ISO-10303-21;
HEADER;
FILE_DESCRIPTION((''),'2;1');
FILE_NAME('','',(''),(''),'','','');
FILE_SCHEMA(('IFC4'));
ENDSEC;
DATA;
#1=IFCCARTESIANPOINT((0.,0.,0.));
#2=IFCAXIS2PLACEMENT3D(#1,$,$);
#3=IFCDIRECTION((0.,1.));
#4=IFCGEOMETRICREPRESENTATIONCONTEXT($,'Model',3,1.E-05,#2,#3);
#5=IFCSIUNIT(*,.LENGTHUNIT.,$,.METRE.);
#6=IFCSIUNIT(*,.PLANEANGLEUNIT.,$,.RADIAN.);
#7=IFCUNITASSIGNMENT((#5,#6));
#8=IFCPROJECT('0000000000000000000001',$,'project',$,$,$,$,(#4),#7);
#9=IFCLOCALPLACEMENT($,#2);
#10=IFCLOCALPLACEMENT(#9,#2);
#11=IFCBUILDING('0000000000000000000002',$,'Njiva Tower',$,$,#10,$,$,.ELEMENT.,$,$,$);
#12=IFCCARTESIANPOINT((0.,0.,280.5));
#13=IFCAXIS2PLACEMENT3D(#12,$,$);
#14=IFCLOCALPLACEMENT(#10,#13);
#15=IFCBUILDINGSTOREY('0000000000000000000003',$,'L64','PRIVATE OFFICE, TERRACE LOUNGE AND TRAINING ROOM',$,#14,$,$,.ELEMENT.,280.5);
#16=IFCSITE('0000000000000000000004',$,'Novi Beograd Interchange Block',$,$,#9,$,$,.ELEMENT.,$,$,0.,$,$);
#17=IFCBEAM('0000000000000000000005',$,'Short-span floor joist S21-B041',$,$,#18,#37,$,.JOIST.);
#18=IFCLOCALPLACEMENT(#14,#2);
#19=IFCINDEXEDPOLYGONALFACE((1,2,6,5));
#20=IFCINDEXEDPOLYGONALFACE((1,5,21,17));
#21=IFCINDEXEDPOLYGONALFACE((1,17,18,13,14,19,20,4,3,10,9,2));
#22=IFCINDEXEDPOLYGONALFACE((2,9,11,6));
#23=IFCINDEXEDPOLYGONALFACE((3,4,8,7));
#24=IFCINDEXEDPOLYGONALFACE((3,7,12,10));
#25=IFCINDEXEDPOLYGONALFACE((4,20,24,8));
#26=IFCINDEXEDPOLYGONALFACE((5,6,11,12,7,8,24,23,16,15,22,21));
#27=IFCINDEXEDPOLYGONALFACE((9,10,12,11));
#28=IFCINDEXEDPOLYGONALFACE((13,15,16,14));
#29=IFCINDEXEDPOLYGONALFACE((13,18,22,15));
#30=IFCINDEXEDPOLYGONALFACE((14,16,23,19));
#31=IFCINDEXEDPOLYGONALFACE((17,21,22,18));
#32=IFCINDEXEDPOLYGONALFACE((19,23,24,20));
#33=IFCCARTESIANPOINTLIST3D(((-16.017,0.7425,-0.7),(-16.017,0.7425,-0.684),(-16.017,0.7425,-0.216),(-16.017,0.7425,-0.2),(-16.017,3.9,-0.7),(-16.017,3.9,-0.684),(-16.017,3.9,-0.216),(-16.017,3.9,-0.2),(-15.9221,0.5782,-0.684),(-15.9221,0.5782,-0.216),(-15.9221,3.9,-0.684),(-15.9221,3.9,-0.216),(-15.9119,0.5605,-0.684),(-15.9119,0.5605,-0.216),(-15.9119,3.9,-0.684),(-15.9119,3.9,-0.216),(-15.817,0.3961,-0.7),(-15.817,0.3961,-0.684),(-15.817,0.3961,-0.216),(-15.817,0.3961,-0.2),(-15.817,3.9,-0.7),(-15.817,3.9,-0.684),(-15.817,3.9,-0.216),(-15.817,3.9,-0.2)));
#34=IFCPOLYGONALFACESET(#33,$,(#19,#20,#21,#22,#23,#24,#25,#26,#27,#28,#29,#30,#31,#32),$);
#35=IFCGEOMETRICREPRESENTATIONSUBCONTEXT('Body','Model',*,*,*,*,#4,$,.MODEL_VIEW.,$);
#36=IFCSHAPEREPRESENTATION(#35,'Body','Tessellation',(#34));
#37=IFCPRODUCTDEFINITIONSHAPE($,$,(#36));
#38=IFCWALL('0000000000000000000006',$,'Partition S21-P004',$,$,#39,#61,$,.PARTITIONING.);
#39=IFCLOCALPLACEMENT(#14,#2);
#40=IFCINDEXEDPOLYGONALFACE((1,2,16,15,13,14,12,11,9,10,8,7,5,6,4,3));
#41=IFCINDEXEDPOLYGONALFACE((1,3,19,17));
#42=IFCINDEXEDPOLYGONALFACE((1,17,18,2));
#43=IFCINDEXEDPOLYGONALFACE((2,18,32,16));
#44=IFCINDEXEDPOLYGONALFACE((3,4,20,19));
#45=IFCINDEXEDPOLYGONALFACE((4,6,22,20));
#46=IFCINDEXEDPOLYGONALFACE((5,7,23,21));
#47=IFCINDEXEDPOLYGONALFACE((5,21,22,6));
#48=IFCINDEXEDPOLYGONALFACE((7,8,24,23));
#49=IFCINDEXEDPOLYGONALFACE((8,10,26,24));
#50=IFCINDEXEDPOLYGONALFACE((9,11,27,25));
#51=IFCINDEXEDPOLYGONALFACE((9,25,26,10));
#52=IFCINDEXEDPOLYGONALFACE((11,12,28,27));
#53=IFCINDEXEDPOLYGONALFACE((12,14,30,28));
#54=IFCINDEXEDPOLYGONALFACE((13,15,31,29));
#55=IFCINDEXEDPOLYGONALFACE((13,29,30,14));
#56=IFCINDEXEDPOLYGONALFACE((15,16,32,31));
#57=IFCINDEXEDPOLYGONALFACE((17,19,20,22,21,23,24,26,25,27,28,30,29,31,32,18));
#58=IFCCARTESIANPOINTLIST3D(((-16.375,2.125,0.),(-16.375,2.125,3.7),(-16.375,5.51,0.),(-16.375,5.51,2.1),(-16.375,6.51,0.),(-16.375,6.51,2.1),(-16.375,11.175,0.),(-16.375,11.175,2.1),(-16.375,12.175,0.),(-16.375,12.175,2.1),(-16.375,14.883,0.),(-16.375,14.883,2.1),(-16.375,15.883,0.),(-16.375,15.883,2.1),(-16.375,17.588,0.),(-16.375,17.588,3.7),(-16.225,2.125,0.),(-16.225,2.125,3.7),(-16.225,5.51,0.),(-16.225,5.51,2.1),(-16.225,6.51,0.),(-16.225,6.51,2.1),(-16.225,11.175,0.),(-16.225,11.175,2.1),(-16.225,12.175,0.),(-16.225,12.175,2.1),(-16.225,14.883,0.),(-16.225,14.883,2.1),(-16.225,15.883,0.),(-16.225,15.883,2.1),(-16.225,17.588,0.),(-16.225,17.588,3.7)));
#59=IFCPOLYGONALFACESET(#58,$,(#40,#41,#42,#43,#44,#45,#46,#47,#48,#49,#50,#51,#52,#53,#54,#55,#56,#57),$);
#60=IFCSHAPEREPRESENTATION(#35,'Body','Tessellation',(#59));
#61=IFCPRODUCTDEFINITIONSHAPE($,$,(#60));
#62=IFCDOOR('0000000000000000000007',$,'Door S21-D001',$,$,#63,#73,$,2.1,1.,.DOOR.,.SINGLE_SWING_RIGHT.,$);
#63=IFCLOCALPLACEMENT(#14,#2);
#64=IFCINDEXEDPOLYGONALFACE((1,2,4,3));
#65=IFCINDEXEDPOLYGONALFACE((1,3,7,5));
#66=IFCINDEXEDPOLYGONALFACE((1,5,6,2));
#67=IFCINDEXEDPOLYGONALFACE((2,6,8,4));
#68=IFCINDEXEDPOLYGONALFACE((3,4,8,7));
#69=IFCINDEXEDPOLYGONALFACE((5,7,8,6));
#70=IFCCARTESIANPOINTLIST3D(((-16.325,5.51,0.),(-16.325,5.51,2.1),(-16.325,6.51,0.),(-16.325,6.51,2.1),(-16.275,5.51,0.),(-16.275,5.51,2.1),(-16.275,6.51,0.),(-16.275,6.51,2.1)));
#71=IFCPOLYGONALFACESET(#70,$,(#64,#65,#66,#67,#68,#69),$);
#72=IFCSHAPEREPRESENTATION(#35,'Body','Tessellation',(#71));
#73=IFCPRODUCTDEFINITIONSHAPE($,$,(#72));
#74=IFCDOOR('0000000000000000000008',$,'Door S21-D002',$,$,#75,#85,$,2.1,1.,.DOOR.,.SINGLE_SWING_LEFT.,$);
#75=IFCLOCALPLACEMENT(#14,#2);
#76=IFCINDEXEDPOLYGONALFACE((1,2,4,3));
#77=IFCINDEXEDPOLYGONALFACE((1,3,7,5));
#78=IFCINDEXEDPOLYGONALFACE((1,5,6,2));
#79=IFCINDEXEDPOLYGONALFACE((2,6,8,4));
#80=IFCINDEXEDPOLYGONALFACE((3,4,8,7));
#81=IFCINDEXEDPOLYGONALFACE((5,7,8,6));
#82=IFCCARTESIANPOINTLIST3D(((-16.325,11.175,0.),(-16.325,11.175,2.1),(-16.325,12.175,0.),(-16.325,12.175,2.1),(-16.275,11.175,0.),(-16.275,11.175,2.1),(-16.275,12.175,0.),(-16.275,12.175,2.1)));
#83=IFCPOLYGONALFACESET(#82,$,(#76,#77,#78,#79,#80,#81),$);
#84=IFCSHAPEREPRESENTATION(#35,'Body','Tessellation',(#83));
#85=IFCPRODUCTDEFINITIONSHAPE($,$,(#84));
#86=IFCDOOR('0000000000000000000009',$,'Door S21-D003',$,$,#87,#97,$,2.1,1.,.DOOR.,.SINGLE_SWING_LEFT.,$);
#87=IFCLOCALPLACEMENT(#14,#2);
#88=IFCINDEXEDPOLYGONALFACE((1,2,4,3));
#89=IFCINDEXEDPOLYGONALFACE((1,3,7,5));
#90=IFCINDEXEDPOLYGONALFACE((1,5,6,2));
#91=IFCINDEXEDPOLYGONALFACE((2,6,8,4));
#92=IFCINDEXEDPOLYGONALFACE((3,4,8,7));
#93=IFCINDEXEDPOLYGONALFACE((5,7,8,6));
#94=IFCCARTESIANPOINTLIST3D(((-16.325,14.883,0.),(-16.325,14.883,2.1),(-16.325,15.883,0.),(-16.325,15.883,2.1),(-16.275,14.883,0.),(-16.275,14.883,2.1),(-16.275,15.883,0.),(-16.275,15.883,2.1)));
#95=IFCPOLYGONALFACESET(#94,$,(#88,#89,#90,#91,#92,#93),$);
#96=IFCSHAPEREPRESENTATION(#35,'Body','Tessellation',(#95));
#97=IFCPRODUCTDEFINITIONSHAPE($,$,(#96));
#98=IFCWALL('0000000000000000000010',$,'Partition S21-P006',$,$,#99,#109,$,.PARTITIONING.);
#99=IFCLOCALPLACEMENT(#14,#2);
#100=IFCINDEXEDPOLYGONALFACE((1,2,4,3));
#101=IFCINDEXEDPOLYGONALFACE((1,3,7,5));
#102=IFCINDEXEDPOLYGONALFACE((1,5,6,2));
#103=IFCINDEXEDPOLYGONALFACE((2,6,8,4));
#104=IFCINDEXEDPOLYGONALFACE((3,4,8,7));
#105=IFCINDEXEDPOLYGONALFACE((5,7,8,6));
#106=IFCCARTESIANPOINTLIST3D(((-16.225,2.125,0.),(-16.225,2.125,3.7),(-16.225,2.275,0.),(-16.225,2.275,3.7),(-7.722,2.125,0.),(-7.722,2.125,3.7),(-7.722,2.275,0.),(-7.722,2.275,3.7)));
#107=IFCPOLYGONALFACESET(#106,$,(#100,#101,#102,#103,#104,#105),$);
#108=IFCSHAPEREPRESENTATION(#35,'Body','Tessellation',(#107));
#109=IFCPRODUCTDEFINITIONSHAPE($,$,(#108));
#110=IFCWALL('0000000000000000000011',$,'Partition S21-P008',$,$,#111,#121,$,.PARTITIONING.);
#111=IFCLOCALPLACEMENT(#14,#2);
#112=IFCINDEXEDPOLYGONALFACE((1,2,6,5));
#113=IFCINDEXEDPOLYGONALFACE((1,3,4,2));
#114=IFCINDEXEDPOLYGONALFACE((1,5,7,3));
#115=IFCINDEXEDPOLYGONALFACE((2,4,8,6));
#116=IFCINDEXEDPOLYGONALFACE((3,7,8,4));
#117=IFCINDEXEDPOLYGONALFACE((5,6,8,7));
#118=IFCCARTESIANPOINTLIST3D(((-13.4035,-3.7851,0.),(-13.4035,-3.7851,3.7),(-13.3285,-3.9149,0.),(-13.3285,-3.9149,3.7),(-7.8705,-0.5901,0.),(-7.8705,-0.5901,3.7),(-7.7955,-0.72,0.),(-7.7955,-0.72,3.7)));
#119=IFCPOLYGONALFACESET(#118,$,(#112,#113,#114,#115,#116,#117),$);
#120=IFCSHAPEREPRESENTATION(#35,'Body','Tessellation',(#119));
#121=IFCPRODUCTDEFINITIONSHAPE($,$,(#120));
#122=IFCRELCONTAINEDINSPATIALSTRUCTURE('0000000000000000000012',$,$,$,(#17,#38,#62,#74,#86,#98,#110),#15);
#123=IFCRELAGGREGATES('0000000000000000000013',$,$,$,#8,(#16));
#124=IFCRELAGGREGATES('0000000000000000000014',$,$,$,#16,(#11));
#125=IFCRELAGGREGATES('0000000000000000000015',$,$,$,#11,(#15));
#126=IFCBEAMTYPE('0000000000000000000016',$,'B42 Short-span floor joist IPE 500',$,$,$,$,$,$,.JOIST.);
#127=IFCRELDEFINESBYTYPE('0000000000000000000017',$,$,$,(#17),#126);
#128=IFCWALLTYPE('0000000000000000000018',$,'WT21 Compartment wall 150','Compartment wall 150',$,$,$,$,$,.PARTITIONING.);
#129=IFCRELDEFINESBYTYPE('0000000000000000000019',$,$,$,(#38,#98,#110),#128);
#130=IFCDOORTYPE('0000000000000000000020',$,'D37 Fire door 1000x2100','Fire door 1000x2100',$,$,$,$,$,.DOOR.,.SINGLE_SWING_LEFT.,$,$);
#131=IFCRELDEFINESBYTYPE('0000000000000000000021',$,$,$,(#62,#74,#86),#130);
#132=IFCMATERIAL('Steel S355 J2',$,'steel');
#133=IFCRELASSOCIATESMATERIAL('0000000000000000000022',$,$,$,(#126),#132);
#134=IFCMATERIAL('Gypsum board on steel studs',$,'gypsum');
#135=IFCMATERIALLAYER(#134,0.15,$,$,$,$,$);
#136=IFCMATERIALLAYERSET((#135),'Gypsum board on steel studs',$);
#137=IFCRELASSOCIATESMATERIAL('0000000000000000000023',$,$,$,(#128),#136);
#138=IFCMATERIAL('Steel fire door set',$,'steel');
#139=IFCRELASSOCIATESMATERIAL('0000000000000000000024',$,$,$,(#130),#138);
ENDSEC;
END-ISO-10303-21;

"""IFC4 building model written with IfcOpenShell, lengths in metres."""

from ifc_helpers import new_model, si_unit, direction, frame, frame_2d, origin, origin_2d, place, context, subcontext, project, spatial, rectangle, i_section, extrude, clip, halfspace, material, layer, layer_set, material_profile, profile_set, type_object, element, fill, save


model = new_model("IFC4")

# Units and contexts
model_context = context("Model", 3, precision=1e-05, world=origin(), true_north=direction((0.0, 1.0)))
body_context = subcontext(model_context, "Body", "Model", "MODEL_VIEW")
ifc_project = project(units=[si_unit("LENGTHUNIT", "METRE"), si_unit("PLANEANGLEUNIT", "RADIAN")], contexts=[model_context])

# Site, building, storey
site_placement = place(None, origin())
site = spatial("IfcSite", under=ifc_project, at=site_placement, Name="Novi Beograd Interchange Block", CompositionType="ELEMENT", RefElevation=0.0)
building_placement = place(site_placement, origin())
building = spatial("IfcBuilding", under=site, at=building_placement, Name="Njiva Tower", CompositionType="ELEMENT")
storey_placement = place(building_placement, frame((0.0, 0.0, 280.5)))
storey = spatial("IfcBuildingStorey", under=building, at=storey_placement, Name="L64", Description="PRIVATE OFFICE, TERRACE LOUNGE AND TRAINING ROOM", CompositionType="ELEMENT", Elevation=280.5)

# Shared definitions
ifc_material_1 = material(Name="Steel S355 J2", Category="steel")

# Beam
ifc_material_profile_1 = material_profile(ifc_material_1, i_section(OverallWidth=0.2, OverallDepth=0.5, WebThickness=0.0102, FlangeThickness=0.016, at=origin_2d()), Name="IPE 500")
ifc_profile_set_1 = profile_set([ifc_material_profile_1], Name="Steel S355 J2")
beam_type_1 = type_object("IfcBeamType", Name="B42 Short-span floor joist IPE 500", PredefinedType="JOIST", material=ifc_profile_set_1)
beam_1_placement = place(storey_placement, frame((-15.917, 3.9, -0.45), z_axis=(0.0, -1.0, 0.0), x_axis=(1.0, 0.0, 0.0)))
element("IfcBeam", 1, at=beam_1_placement, inside=storey, type_object=beam_type_1, Name="Short-span floor joist S21-B041", PredefinedType="JOIST", context=body_context, shape_type="Clipping", body=[
    clip(extrude(i_section(OverallWidth=0.2, OverallDepth=0.5, WebThickness=0.0102, FlangeThickness=0.016, at=origin_2d()), origin(), (0.0, 0.0, 1.0), 3.524), halfspace(frame((-0.043, 0.0, 3.2562), z_axis=(-0.866027, 0.0, 0.499998), x_axis=(0.0, 1.0, 0.0)), False)),
])

# Wall, openings, doors
ifc_material_2 = material(Name="Gypsum board on steel studs", Category="gypsum")
ifc_layer = layer(ifc_material_2, 0.15)
ifc_layer_set = layer_set([ifc_layer], Name="Gypsum board on steel studs")
wall_type = type_object("IfcWallType", Name="WT21 Compartment wall 150", Description="Compartment wall 150", PredefinedType="PARTITIONING", material=ifc_layer_set)
wall_1_placement = place(storey_placement, frame((-16.3, 2.125, 0.0), z_axis=(0.0, 0.0, 1.0), x_axis=(0.0, 1.0, 0.0)))
wall_1 = element("IfcWall", 2, at=wall_1_placement, inside=storey, type_object=wall_type, Name="Partition S21-P004", PredefinedType="PARTITIONING", context=body_context, shape_type="SweptSolid", body=[
    extrude(rectangle(XDim=15.463, YDim=0.15, at=frame_2d((7.7315, 0.0))), origin(), (0.0, 0.0, 1.0), 3.7),
])
opening_1_placement = place(wall_1_placement, frame((3.385, 0.0, 0.0)))
opening_1 = element("IfcOpeningElement", 3, at=opening_1_placement, cuts=wall_1, PredefinedType="OPENING", context=body_context, shape_type="SweptSolid", body=[
    extrude(rectangle(XDim=1.0, YDim=2.1, at=frame_2d((0.5, 1.05))), frame((0.0, 0.085, 0.0), z_axis=(0.0, -1.0, 0.0), x_axis=(1.0, 0.0, 0.0)), (0.0, 0.0, 1.0), 0.17),
])
opening_2_placement = place(wall_1_placement, frame((9.05, 0.0, 0.0)))
opening_2 = element("IfcOpeningElement", 4, at=opening_2_placement, cuts=wall_1, PredefinedType="OPENING", context=body_context, shape_type="SweptSolid", body=[
    extrude(rectangle(XDim=1.0, YDim=2.1, at=frame_2d((0.5, 1.05))), frame((0.0, 0.085, 0.0), z_axis=(0.0, -1.0, 0.0), x_axis=(1.0, 0.0, 0.0)), (0.0, 0.0, 1.0), 0.17),
])
opening_3_placement = place(wall_1_placement, frame((12.758, 0.0, 0.0)))
opening_3 = element("IfcOpeningElement", 5, at=opening_3_placement, cuts=wall_1, PredefinedType="OPENING", context=body_context, shape_type="SweptSolid", body=[
    extrude(rectangle(XDim=1.0, YDim=2.1, at=frame_2d((0.5, 1.05))), frame((0.0, 0.085, 0.0), z_axis=(0.0, -1.0, 0.0), x_axis=(1.0, 0.0, 0.0)), (0.0, 0.0, 1.0), 0.17),
])
ifc_material_3 = material(Name="Steel fire door set", Category="steel")
door_type = type_object("IfcDoorType", Name="D37 Fire door 1000x2100", Description="Fire door 1000x2100", OperationType="SINGLE_SWING_LEFT", PredefinedType="DOOR", material=ifc_material_3)
door_1_placement = place(opening_1_placement, origin())
door_1 = element("IfcDoor", 6, at=door_1_placement, inside=storey, type_object=door_type, Name="Door S21-D001", OperationType="SINGLE_SWING_RIGHT", OverallHeight=2.1, OverallWidth=1.0, PredefinedType="DOOR", context=body_context, shape_type="SweptSolid", body=[
    extrude(rectangle(XDim=1.0, YDim=2.1, at=frame_2d((0.5, 1.05))), frame((0.0, 0.025, 0.0), z_axis=(0.0, -1.0, 0.0), x_axis=(1.0, 0.0, 0.0)), (0.0, 0.0, 1.0), 0.05),
])
fill(opening_1, door_1)
door_2_placement = place(opening_2_placement, origin())
door_2 = element("IfcDoor", 7, at=door_2_placement, inside=storey, type_object=door_type, Name="Door S21-D002", OperationType="SINGLE_SWING_LEFT", OverallHeight=2.1, OverallWidth=1.0, PredefinedType="DOOR", context=body_context, shape_type="SweptSolid", body=[
    extrude(rectangle(XDim=1.0, YDim=2.1, at=frame_2d((0.5, 1.05))), frame((0.0, 0.025, 0.0), z_axis=(0.0, -1.0, 0.0), x_axis=(1.0, 0.0, 0.0)), (0.0, 0.0, 1.0), 0.05),
])
fill(opening_2, door_2)
door_3_placement = place(opening_3_placement, origin())
door_3 = element("IfcDoor", 8, at=door_3_placement, inside=storey, type_object=door_type, Name="Door S21-D003", OperationType="SINGLE_SWING_LEFT", OverallHeight=2.1, OverallWidth=1.0, PredefinedType="DOOR", context=body_context, shape_type="SweptSolid", body=[
    extrude(rectangle(XDim=1.0, YDim=2.1, at=frame_2d((0.5, 1.05))), frame((0.0, 0.025, 0.0), z_axis=(0.0, -1.0, 0.0), x_axis=(1.0, 0.0, 0.0)), (0.0, 0.0, 1.0), 0.05),
])
fill(opening_3, door_3)

# Walls
wall_2_placement = place(storey_placement, frame((-16.225, 2.2, 0.0), z_axis=(0.0, 0.0, 1.0), x_axis=(1.0, 0.0, 0.0)))
element("IfcWall", 9, at=wall_2_placement, inside=storey, type_object=wall_type, Name="Partition S21-P006", PredefinedType="PARTITIONING", context=body_context, shape_type="SweptSolid", body=[
    extrude(rectangle(XDim=8.503, YDim=0.15, at=frame_2d((4.2515, 0.0))), origin(), (0.0, 0.0, 1.0), 3.7),
])
wall_3_placement = place(storey_placement, frame((-13.366, -3.85, 0.0), z_axis=(0.0, 0.0, 1.0), x_axis=(0.86599, 0.500061, 0.0)))
element("IfcWall", 10, at=wall_3_placement, inside=storey, type_object=wall_type, Name="Partition S21-P008", PredefinedType="PARTITIONING", context=body_context, shape_type="SweptSolid", body=[
    extrude(rectangle(XDim=6.3892, YDim=0.15, at=frame_2d((3.1946, 0.0))), origin(), (0.0, 0.0, 1.0), 3.7),
])

save(model, "model.ifc")
